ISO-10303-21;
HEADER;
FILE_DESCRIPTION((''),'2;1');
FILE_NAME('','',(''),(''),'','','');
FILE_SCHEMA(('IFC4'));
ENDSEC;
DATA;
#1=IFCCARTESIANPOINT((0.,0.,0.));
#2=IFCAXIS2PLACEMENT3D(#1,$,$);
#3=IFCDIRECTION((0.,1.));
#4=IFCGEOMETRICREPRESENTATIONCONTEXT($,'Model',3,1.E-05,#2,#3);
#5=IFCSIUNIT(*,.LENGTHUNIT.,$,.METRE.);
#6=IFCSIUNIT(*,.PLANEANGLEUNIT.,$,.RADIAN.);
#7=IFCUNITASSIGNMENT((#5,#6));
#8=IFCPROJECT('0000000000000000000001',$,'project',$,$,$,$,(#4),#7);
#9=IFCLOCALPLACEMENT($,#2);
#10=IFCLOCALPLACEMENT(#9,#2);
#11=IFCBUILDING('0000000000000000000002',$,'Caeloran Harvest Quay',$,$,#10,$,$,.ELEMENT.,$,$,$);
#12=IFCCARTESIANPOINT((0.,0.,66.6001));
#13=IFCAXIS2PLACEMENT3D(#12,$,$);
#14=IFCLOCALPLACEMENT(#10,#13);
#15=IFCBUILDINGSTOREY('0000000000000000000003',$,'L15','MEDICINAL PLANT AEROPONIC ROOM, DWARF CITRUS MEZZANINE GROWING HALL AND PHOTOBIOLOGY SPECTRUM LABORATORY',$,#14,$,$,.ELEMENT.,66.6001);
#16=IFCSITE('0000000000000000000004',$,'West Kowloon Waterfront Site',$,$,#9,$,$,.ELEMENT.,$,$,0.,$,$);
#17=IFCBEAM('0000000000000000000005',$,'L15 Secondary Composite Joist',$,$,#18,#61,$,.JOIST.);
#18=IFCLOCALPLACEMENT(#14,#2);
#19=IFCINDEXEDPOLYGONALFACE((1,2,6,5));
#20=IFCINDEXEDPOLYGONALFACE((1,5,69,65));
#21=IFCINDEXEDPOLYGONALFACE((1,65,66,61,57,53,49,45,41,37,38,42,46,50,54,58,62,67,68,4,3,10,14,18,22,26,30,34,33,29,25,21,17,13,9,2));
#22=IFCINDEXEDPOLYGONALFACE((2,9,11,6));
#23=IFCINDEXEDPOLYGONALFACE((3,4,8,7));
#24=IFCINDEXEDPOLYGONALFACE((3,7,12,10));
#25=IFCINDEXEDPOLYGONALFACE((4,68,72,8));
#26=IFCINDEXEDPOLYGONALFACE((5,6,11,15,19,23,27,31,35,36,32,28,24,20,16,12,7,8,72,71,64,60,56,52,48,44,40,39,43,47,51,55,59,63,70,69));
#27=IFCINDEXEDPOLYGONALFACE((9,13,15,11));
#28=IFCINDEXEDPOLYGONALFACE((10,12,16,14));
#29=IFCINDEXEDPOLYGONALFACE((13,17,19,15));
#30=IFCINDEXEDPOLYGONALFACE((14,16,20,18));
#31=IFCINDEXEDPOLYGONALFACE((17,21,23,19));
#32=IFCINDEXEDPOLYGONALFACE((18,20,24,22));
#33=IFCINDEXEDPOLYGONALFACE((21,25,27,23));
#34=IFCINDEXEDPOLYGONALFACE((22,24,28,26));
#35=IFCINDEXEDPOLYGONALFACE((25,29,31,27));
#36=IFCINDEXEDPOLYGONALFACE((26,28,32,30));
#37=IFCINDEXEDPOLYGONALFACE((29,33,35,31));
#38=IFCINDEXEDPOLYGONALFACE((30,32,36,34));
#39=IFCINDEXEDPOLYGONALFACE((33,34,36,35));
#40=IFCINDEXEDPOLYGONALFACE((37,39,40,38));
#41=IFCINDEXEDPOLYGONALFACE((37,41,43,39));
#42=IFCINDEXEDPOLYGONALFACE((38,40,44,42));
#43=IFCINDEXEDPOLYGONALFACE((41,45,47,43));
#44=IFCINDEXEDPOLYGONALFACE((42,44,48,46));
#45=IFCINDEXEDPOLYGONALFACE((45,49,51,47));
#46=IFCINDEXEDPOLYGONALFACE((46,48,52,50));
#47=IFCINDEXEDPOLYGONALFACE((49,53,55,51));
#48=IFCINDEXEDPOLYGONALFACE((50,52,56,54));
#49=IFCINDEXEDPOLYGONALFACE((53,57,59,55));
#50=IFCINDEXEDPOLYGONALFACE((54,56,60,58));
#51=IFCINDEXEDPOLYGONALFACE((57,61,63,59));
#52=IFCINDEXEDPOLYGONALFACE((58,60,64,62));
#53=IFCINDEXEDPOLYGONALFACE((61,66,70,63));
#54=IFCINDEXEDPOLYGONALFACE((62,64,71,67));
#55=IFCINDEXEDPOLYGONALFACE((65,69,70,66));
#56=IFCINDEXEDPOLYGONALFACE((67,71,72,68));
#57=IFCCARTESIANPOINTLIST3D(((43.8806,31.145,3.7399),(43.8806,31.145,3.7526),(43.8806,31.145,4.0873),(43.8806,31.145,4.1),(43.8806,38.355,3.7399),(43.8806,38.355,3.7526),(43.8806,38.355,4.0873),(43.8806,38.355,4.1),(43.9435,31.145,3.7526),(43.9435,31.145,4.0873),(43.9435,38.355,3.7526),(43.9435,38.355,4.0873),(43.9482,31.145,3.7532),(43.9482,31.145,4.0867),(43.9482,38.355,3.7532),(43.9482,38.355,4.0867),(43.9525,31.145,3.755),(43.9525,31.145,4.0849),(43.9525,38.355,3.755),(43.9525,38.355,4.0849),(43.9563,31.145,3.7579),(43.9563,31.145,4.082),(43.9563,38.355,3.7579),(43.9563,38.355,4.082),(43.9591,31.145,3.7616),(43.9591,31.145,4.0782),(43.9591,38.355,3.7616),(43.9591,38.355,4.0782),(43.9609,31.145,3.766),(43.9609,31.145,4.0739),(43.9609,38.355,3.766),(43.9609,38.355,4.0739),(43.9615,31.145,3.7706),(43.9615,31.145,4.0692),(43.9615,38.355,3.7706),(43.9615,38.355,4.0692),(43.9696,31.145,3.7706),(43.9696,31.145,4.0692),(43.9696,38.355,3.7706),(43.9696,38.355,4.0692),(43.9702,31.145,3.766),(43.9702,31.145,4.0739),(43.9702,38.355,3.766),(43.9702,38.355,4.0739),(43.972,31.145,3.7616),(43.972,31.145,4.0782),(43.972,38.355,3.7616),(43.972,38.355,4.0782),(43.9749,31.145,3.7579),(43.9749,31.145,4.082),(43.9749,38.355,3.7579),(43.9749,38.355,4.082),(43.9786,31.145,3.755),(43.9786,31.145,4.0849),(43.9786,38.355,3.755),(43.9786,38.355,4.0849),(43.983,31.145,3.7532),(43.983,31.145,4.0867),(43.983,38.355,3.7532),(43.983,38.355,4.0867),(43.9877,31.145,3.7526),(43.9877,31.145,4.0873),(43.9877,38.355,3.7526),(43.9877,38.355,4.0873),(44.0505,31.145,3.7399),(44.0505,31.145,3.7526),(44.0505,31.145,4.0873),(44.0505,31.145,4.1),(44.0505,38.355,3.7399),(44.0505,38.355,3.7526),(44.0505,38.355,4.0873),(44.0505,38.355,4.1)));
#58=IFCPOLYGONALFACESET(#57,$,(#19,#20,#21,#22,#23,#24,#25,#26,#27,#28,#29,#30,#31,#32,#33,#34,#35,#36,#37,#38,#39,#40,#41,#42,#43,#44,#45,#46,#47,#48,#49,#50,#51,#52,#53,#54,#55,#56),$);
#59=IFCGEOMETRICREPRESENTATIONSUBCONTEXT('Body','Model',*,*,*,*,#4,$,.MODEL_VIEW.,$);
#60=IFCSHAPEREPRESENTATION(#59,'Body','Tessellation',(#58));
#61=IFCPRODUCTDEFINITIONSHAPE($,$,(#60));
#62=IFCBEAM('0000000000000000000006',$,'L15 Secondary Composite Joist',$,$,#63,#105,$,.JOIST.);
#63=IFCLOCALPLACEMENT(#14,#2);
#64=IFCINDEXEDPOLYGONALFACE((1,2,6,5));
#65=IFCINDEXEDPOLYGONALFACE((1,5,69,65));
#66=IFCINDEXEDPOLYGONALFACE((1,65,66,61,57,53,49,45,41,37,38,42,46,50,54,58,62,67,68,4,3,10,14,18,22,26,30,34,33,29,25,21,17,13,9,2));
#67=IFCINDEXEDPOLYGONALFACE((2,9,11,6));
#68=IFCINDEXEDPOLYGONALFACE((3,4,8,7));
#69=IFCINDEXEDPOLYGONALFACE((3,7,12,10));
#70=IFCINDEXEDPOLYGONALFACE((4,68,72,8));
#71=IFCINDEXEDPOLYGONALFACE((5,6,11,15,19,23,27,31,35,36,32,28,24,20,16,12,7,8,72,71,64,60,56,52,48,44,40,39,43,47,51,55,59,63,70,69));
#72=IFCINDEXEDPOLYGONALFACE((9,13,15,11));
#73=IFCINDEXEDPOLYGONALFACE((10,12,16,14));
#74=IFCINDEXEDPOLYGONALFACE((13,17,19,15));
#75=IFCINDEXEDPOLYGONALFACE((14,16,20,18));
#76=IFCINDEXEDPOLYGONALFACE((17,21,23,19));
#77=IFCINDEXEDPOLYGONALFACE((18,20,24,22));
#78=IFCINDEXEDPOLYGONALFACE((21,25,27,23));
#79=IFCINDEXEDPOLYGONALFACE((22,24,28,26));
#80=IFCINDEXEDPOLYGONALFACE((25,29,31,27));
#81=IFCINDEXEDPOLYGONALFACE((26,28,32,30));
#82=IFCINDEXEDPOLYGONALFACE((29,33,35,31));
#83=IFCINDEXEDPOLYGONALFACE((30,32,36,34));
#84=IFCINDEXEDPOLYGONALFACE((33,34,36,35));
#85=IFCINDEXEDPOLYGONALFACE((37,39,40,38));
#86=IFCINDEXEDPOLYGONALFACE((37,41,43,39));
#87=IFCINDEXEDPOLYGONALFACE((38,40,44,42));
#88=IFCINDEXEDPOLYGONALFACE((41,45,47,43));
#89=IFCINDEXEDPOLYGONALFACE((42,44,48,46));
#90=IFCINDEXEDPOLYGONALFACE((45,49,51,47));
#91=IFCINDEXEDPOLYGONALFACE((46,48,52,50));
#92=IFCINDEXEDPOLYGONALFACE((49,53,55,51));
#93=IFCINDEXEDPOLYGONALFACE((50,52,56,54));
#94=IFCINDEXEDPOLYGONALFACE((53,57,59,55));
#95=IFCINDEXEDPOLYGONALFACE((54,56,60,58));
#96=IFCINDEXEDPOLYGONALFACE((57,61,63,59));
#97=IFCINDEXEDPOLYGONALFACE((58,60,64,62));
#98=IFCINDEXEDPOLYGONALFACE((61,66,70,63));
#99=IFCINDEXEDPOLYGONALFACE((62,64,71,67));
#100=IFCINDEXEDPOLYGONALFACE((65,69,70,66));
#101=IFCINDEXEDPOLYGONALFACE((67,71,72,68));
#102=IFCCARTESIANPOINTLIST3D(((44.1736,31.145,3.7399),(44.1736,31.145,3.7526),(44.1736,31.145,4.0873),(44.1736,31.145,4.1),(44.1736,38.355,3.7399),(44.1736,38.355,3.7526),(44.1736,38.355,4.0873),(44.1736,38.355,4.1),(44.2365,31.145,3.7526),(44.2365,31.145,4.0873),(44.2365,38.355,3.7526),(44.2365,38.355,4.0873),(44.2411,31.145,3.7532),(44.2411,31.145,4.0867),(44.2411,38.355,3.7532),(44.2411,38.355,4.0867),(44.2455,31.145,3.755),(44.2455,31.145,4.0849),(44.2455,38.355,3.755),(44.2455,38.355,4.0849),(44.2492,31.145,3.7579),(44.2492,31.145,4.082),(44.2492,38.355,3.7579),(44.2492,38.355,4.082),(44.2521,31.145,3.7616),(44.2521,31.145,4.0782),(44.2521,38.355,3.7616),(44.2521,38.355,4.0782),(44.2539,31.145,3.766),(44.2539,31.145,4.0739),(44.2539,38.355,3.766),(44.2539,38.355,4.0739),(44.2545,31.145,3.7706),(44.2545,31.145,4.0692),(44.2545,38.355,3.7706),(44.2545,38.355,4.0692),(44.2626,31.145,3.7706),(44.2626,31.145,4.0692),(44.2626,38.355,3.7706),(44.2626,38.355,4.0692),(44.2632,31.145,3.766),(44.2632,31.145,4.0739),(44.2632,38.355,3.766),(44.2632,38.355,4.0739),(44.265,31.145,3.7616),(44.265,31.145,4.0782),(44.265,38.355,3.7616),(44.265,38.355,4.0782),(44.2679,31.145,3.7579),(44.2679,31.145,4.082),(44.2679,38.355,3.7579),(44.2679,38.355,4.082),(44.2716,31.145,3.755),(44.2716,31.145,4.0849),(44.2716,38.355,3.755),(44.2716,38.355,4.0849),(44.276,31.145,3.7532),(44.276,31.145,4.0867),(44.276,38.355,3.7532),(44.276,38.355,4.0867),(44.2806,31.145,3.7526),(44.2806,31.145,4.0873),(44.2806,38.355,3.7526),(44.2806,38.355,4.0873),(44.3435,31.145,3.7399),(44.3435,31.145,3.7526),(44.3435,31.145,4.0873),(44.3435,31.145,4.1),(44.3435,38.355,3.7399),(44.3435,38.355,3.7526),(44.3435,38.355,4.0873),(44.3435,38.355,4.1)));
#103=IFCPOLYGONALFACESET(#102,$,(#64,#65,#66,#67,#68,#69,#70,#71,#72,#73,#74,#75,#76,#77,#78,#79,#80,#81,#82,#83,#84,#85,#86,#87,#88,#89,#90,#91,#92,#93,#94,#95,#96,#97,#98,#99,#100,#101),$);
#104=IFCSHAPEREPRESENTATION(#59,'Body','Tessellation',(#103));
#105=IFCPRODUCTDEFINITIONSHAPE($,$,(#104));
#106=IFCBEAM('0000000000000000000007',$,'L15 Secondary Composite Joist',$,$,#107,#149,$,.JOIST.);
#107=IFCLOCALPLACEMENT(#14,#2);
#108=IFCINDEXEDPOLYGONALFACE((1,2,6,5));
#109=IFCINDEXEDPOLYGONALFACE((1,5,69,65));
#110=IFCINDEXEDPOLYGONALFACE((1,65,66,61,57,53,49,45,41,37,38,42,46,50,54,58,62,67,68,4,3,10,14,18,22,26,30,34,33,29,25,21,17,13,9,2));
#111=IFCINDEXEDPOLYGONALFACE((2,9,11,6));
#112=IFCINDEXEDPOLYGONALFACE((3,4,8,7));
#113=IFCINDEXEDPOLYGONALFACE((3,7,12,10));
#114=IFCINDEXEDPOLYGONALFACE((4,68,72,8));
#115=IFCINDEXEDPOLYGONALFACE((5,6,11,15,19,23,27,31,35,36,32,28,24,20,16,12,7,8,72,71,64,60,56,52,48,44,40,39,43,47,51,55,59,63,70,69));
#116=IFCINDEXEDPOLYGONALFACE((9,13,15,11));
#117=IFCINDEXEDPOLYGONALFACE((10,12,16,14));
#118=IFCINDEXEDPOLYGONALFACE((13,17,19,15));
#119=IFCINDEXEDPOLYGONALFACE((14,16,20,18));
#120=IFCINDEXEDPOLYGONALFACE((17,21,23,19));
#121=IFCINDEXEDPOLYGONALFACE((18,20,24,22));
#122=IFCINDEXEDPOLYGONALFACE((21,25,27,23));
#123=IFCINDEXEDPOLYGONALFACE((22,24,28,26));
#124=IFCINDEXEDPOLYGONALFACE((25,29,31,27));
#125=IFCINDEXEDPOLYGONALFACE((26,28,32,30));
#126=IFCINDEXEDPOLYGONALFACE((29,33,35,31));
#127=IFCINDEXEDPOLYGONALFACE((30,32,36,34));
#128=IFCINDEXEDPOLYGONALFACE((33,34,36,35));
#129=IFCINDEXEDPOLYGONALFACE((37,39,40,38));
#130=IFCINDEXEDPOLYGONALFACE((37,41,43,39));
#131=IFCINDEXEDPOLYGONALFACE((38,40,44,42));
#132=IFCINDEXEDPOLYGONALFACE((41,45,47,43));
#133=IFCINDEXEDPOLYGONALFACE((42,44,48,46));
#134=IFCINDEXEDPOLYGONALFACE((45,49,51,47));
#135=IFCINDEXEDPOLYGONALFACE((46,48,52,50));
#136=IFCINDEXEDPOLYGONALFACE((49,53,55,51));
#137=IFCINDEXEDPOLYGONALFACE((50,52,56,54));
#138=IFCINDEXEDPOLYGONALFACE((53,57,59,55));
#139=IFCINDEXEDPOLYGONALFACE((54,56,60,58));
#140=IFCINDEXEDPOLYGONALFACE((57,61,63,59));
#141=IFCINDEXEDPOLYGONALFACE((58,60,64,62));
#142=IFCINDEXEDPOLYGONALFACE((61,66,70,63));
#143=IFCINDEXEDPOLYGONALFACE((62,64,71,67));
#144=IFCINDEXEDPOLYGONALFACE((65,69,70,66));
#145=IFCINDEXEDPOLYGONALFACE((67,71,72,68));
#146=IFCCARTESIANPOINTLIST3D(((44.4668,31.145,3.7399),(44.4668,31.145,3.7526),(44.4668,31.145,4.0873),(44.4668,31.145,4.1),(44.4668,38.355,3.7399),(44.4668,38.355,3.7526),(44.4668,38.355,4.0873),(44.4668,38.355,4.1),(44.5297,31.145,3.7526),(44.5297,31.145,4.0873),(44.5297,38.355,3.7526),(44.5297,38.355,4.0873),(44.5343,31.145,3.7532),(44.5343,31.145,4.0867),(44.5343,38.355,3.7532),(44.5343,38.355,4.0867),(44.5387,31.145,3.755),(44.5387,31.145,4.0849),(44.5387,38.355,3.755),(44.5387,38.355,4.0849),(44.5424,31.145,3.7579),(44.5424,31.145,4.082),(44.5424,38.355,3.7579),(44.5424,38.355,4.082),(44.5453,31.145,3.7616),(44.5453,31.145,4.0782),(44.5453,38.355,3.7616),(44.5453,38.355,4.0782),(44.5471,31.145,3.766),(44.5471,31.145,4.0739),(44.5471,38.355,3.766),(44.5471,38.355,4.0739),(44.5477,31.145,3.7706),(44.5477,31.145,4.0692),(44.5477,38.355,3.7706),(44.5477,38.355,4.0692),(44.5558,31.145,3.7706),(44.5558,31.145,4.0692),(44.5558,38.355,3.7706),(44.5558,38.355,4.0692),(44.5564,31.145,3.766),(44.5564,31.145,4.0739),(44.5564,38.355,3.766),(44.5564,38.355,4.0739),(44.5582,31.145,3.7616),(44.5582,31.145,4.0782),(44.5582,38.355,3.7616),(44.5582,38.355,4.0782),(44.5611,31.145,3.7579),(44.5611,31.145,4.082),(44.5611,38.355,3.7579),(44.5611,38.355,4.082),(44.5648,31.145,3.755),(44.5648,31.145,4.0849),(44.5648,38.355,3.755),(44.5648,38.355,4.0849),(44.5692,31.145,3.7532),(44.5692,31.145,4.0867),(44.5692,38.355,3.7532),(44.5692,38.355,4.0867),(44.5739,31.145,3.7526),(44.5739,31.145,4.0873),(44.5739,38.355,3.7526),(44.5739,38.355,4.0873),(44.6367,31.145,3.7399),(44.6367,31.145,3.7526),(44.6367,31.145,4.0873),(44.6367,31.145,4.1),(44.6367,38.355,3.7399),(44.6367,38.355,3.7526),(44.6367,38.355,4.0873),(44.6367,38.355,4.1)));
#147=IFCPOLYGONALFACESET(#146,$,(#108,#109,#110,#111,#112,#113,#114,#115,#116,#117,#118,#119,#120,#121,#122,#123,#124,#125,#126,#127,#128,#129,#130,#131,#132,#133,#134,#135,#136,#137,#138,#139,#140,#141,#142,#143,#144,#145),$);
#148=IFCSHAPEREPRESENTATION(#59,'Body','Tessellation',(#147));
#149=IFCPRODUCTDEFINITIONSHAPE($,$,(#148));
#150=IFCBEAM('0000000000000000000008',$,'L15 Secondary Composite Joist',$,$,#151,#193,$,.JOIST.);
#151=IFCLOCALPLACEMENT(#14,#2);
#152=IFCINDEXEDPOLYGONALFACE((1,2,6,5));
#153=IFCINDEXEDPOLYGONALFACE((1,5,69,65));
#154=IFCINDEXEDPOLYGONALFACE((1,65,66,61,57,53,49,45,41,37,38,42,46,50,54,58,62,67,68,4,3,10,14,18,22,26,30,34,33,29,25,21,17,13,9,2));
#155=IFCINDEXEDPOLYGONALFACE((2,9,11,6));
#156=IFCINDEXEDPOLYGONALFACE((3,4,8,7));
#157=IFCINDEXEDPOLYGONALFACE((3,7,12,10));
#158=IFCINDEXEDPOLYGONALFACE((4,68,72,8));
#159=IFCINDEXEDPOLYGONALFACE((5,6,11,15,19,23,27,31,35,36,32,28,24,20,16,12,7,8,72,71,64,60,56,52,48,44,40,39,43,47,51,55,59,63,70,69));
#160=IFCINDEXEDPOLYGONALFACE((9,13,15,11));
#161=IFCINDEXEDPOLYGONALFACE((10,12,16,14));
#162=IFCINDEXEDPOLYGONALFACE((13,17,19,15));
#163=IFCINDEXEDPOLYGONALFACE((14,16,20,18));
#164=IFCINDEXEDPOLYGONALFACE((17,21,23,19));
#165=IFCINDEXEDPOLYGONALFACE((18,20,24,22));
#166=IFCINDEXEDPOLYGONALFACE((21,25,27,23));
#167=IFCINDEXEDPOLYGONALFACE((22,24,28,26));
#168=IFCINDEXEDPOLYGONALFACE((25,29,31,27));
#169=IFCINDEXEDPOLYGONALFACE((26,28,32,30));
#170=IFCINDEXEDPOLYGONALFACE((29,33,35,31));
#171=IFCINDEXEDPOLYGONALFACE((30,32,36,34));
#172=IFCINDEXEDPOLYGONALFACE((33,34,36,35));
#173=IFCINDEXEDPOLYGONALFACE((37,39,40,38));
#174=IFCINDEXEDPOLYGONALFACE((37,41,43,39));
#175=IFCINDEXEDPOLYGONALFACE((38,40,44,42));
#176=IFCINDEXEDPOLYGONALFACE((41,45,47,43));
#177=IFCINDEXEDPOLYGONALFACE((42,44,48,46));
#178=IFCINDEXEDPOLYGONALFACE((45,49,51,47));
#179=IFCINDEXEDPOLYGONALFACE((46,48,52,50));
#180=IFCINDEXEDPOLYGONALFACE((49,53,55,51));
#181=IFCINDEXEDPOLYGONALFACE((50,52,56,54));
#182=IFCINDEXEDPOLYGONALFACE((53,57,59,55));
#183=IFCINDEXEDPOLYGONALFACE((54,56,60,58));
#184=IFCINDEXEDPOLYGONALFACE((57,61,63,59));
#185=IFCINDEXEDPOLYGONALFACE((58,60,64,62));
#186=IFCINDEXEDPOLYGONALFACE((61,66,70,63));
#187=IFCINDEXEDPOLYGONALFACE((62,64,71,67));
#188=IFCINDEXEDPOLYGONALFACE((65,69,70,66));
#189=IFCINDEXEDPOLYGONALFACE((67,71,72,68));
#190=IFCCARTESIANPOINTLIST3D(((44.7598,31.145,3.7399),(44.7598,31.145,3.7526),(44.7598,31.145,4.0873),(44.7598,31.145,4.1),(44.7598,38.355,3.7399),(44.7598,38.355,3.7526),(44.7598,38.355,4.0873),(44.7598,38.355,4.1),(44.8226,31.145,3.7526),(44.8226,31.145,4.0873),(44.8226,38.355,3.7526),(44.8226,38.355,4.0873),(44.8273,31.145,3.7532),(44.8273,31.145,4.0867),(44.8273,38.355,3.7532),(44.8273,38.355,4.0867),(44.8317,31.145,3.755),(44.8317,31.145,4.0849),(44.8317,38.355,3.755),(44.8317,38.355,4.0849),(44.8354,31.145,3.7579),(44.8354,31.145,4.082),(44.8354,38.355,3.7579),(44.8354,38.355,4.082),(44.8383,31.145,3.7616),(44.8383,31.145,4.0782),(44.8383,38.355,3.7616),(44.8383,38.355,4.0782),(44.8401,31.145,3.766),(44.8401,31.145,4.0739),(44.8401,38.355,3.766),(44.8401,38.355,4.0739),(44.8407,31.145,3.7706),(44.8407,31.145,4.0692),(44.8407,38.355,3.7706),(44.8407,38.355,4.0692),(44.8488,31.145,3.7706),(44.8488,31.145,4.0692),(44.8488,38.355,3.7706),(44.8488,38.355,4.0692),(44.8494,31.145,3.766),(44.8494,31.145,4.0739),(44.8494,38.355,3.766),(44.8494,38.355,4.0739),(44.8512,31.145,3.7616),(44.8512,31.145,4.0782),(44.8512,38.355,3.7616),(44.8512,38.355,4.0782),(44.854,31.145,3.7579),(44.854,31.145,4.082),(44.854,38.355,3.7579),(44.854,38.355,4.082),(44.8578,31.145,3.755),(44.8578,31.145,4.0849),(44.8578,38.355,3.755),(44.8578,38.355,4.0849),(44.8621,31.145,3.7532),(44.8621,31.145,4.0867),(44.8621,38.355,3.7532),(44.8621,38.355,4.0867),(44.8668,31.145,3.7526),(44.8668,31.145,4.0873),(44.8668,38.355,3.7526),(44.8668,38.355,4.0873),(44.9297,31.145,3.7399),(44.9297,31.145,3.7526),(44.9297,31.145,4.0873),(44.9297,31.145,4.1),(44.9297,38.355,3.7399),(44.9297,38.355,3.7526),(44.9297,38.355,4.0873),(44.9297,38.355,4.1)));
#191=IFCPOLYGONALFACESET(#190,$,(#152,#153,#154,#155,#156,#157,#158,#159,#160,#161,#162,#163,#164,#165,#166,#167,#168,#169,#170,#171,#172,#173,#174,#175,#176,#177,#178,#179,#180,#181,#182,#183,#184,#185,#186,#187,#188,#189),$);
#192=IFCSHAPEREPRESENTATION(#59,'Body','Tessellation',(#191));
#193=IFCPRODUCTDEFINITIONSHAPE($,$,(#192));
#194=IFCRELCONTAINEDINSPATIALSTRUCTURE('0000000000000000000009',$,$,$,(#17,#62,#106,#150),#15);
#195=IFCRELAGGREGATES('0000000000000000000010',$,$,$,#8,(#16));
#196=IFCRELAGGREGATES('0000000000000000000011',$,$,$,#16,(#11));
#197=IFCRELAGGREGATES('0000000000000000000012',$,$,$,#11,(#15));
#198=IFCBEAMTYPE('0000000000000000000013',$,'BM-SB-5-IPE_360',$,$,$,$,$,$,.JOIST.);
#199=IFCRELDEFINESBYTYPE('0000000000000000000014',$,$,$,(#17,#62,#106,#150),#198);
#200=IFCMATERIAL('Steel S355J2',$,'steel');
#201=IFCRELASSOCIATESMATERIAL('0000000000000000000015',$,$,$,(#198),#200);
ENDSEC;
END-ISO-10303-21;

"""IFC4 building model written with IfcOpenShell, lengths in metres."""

from ifc_helpers import new_model, si_unit, direction, frame, origin, origin_2d, place, context, subcontext, project, spatial, i_section, extrude, material, material_profile, profile_set, type_object, element, save


model = new_model("IFC4")

# Units and contexts
model_context = context("Model", 3, precision=1e-05, world=origin(), true_north=direction((0.0, 1.0)))
body_context = subcontext(model_context, "Body", "Model", "MODEL_VIEW")
ifc_project = project(units=[si_unit("LENGTHUNIT", "METRE"), si_unit("PLANEANGLEUNIT", "RADIAN")], contexts=[model_context])

# Site, building, storey
site_placement = place(None, origin())
site = spatial("IfcSite", under=ifc_project, at=site_placement, Name="West Kowloon Waterfront Site", CompositionType="ELEMENT", RefElevation=0.0)
building_placement = place(site_placement, origin())
building = spatial("IfcBuilding", under=site, at=building_placement, Name="Caeloran Harvest Quay", CompositionType="ELEMENT")
storey_placement = place(building_placement, frame((0.0, 0.0, 66.6001)))
storey = spatial("IfcBuildingStorey", under=building, at=storey_placement, Name="L15", Description="MEDICINAL PLANT AEROPONIC ROOM, DWARF CITRUS MEZZANINE GROWING HALL AND PHOTOBIOLOGY SPECTRUM LABORATORY", CompositionType="ELEMENT", Elevation=66.6001)

# Beams
ifc_material_1 = material(Name="Steel S355J2", Category="steel")
ifc_material_profile_1 = material_profile(ifc_material_1, i_section(OverallWidth=0.1699, OverallDepth=0.3601, WebThickness=0.0081, FlangeThickness=0.0127, FilletRadius=0.0181, at=origin_2d()), Name="IPE 360")
ifc_profile_set_1 = profile_set([ifc_material_profile_1], Name="Steel S355J2")
beam_type_1 = type_object("IfcBeamType", Name="BM-SB-5-IPE_360", PredefinedType="JOIST", material=ifc_profile_set_1)
for number, where, z_axis, x_axis, name in (
    (1, (43.9656, 31.145, 3.9199), (0.0, 1.0, 0.0), (-1.0, 0.0, 0.0), "L15 Secondary Composite Joist"),
    (2, (44.2585, 31.145, 3.9199), (0.0, 1.0, 0.0), (-1.0, 0.0, 0.0), "L15 Secondary Composite Joist"),
    (3, (44.5518, 31.145, 3.9199), (0.0, 1.0, 0.0), (-1.0, 0.0, 0.0), "L15 Secondary Composite Joist"),
    (4, (44.8447, 31.145, 3.9199), (0.0, 1.0, 0.0), (-1.0, 0.0, 0.0), "L15 Secondary Composite Joist"),
):
    element("IfcBeam", number, at=place(storey_placement, frame(where, z_axis=z_axis, x_axis=x_axis)), inside=storey, type_object=beam_type_1, Name=name, PredefinedType="JOIST", context=body_context, shape_type="SweptSolid", body=[
        extrude(i_section(OverallWidth=0.1699, OverallDepth=0.3601, WebThickness=0.0081, FlangeThickness=0.0127, FilletRadius=0.0181, at=origin_2d()), origin(), (0.0, 0.0, 1.0), 7.21),
    ])

save(model, "model.ifc")
